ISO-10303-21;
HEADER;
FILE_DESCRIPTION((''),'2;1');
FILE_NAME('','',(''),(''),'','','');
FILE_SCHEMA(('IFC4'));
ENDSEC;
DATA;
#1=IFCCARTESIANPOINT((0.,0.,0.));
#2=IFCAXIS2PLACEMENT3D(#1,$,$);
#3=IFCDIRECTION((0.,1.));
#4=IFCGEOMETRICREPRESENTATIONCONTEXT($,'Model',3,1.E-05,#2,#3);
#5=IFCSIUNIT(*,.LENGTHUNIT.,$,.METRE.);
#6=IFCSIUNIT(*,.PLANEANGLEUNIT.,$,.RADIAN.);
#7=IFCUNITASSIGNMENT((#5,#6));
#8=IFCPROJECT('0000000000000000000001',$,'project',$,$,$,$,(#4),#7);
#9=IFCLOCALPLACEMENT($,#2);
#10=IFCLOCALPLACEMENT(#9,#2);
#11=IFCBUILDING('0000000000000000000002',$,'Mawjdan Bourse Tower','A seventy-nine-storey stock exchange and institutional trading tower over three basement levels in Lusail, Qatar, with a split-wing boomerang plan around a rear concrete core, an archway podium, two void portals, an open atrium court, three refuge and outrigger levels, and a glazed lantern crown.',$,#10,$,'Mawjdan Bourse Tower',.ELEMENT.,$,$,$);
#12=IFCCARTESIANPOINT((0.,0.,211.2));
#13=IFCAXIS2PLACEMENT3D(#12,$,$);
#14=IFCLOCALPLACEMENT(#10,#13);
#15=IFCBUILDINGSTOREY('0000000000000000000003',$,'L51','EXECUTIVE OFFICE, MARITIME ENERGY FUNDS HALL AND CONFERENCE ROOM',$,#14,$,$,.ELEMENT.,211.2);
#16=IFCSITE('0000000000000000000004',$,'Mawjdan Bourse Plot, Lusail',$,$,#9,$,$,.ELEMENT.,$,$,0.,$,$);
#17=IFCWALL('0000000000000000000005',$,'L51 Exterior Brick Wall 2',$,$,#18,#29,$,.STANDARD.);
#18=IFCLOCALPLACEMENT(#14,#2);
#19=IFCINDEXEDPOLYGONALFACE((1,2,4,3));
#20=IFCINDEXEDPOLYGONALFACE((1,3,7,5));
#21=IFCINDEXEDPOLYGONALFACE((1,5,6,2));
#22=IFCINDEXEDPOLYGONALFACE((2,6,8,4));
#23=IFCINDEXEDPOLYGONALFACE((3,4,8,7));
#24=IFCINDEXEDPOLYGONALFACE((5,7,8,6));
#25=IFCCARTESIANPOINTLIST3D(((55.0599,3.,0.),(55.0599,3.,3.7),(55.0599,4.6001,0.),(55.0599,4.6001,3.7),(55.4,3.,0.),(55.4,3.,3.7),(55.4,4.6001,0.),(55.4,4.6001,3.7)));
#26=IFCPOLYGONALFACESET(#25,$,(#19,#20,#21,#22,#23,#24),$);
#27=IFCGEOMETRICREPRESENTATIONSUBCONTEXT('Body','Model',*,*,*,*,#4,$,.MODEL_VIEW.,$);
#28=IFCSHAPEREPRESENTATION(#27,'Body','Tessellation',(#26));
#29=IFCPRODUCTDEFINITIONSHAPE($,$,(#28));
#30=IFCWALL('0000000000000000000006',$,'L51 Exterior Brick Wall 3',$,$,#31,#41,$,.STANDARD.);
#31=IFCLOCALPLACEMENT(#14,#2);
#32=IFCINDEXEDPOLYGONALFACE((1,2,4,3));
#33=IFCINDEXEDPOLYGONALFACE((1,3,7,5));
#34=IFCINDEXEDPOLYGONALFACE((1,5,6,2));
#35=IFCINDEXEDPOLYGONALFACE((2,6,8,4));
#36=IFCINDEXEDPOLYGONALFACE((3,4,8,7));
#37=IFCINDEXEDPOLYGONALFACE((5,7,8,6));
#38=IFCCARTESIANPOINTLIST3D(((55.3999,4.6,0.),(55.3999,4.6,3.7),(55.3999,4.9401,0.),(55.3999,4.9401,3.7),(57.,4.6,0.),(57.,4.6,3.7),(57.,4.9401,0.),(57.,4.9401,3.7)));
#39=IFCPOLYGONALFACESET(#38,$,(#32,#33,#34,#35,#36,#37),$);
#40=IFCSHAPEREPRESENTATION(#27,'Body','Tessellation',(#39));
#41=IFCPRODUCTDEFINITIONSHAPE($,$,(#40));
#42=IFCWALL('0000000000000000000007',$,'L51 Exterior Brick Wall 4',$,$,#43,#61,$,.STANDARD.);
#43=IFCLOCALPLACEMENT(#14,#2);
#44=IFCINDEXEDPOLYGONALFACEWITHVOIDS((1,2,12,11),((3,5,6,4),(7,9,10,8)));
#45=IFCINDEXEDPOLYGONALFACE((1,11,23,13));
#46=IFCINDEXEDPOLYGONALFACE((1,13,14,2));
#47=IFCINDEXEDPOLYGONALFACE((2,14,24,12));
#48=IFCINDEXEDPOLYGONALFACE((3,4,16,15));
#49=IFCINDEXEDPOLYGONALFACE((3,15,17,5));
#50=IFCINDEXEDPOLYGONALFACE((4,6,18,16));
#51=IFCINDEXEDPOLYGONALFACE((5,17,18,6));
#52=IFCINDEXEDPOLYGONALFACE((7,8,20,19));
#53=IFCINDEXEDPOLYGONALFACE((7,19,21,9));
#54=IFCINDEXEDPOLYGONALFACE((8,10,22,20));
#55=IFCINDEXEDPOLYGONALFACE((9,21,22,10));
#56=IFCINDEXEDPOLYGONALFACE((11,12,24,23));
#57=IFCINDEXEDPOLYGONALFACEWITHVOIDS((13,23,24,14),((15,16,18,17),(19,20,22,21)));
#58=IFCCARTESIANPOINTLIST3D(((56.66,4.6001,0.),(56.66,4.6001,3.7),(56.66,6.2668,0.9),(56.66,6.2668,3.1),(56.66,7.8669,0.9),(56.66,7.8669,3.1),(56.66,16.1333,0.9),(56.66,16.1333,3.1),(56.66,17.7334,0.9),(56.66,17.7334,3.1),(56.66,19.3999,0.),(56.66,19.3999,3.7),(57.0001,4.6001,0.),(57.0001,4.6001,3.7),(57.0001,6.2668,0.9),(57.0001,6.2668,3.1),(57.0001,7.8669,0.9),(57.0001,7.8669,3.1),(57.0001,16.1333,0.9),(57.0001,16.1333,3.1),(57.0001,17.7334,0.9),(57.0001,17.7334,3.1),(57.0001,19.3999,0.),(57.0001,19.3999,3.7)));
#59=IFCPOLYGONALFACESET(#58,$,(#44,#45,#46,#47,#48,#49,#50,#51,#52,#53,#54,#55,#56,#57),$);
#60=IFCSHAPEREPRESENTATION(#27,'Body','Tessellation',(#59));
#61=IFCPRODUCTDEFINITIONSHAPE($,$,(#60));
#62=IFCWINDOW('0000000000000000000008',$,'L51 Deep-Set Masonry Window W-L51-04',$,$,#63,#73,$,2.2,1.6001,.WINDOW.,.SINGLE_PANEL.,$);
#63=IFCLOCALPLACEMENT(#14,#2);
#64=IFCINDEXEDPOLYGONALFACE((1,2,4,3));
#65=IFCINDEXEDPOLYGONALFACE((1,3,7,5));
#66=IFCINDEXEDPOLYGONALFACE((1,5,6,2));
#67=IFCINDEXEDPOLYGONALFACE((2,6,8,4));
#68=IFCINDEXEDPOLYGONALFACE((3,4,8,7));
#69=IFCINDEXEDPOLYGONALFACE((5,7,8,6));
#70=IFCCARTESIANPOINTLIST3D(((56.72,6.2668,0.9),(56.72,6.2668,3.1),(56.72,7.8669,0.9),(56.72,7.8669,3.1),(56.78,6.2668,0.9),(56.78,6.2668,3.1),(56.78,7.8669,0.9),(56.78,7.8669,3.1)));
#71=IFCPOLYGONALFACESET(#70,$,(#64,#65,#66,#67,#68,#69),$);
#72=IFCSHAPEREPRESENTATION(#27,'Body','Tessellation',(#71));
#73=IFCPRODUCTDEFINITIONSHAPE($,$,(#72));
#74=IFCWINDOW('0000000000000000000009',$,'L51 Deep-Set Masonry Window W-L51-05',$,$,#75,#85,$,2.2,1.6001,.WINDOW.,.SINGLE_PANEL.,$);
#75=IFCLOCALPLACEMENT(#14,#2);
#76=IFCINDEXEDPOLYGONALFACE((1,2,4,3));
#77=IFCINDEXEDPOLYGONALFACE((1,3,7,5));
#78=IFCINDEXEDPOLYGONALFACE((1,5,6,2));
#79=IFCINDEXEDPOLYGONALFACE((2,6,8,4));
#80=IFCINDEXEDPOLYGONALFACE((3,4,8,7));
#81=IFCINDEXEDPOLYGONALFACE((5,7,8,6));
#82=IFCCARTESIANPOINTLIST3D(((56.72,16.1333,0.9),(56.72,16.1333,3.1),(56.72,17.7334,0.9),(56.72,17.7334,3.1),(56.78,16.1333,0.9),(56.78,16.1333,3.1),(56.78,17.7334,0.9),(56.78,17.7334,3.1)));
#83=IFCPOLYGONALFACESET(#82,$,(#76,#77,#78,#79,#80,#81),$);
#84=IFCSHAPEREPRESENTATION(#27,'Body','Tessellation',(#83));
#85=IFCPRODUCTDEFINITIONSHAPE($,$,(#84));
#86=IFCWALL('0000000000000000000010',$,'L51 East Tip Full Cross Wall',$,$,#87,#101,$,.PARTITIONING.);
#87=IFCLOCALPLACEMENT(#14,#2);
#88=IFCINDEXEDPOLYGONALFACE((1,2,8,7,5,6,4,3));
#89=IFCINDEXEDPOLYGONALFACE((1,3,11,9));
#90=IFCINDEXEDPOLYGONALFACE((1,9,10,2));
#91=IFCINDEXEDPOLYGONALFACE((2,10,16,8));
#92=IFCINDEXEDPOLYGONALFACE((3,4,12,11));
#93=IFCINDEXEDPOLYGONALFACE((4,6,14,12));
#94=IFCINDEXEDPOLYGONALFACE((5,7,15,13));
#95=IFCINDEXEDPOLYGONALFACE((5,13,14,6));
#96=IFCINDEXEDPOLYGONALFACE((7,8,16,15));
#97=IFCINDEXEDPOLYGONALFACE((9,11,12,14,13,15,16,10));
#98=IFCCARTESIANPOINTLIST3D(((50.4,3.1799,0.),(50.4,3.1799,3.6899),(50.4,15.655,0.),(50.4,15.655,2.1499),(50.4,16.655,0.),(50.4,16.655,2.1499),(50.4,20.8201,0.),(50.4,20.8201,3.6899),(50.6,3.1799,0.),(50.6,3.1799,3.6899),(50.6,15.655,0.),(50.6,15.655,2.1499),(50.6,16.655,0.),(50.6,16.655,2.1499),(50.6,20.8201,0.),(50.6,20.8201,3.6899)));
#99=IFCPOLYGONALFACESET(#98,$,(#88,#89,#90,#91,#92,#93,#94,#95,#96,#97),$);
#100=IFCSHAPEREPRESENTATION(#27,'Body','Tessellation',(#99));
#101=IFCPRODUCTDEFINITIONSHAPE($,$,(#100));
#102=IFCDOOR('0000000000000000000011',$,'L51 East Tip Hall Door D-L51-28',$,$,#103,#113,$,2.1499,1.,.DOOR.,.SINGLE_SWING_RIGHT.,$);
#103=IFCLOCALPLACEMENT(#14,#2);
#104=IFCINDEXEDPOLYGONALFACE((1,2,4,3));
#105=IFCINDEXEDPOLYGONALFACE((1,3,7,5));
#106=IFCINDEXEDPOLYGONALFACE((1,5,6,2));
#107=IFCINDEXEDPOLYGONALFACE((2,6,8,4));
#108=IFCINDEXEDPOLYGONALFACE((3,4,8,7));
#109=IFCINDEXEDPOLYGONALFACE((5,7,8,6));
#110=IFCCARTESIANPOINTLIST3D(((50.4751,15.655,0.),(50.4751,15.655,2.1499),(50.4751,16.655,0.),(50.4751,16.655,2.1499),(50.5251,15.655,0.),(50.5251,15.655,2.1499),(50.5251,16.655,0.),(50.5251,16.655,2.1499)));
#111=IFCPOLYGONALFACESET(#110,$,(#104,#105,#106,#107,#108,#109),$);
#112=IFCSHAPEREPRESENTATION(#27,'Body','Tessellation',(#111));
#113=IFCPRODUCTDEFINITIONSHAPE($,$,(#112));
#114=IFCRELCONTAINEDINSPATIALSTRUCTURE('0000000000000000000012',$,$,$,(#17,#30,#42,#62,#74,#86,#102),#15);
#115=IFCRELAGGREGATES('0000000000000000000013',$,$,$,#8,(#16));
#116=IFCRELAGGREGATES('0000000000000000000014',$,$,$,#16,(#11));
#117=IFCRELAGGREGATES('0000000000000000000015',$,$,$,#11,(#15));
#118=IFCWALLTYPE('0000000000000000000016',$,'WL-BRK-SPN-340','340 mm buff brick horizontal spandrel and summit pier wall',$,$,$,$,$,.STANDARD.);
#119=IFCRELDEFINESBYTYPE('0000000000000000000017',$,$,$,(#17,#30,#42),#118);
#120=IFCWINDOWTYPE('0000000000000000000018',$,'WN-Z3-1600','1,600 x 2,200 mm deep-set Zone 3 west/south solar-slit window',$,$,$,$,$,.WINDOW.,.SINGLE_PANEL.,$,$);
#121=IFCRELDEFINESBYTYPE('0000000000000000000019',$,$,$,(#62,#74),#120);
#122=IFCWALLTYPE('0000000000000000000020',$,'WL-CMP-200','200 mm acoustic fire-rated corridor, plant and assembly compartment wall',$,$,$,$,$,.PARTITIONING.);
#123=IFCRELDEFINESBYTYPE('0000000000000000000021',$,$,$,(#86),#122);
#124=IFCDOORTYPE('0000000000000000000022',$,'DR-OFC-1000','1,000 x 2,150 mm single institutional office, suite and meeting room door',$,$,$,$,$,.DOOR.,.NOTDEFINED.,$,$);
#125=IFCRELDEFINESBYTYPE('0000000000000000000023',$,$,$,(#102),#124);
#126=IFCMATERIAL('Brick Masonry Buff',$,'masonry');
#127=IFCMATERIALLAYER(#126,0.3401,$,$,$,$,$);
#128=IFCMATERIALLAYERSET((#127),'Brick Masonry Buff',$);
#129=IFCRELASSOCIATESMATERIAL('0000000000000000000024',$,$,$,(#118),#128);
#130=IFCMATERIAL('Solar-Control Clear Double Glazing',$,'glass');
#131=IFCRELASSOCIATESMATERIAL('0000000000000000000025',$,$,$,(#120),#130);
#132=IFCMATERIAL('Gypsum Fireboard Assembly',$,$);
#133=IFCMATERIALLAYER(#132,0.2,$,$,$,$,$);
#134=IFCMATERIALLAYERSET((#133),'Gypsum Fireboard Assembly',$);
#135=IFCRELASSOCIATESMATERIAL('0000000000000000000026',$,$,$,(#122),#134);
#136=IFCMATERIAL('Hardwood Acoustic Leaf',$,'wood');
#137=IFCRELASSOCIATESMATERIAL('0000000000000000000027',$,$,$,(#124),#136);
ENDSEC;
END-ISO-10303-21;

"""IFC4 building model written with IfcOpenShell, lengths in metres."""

from ifc_helpers import new_model, si_unit, direction, frame, frame_2d, origin, place, context, subcontext, project, spatial, rectangle, extrude, material, layer, layer_set, type_object, element, fill, save


model = new_model("IFC4")

# Units and contexts
model_context = context("Model", 3, precision=1e-05, world=origin(), true_north=direction((0.0, 1.0)))
body_context = subcontext(model_context, "Body", "Model", "MODEL_VIEW")
ifc_project = project(units=[si_unit("LENGTHUNIT", "METRE"), si_unit("PLANEANGLEUNIT", "RADIAN")], contexts=[model_context])

# Site, building, storey
site_placement = place(None, origin())
site = spatial("IfcSite", under=ifc_project, at=site_placement, Name="Mawjdan Bourse Plot, Lusail", CompositionType="ELEMENT", RefElevation=0.0)
building_placement = place(site_placement, origin())
building = spatial("IfcBuilding", under=site, at=building_placement, Name="Mawjdan Bourse Tower", Description="A seventy-nine-storey stock exchange and institutional trading tower over three basement levels in Lusail, Qatar, with a split-wing boomerang plan around a rear concrete core, an archway podium, two void portals, an open atrium court, three refuge and outrigger levels, and a glazed lantern crown.", LongName="Mawjdan Bourse Tower", CompositionType="ELEMENT")
storey_placement = place(building_placement, frame((0.0, 0.0, 211.2)))
storey = spatial("IfcBuildingStorey", under=building, at=storey_placement, Name="L51", Description="EXECUTIVE OFFICE, MARITIME ENERGY FUNDS HALL AND CONFERENCE ROOM", CompositionType="ELEMENT", Elevation=211.2)

# Walls
ifc_material_1 = material(Name="Brick Masonry Buff", Category="masonry")
ifc_layer_1 = layer(ifc_material_1, 0.3401)
ifc_layer_set_1 = layer_set([ifc_layer_1], Name="Brick Masonry Buff")
wall_type_1 = type_object("IfcWallType", Name="WL-BRK-SPN-340", Description="340 mm buff brick horizontal spandrel and summit pier wall", PredefinedType="STANDARD", material=ifc_layer_set_1)
for number, where, z_axis, x_axis, name in (
    (1, (55.23, 3.0, 0.0), (0.0, 0.0, 1.0), (0.0, 1.0, 0.0), "L51 Exterior Brick Wall 2"),
    (2, (55.3999, 4.77, 0.0), (0.0, 0.0, 1.0), (1.0, 0.0, 0.0), "L51 Exterior Brick Wall 3"),
):
    element("IfcWall", number, at=place(storey_placement, frame(where, z_axis=z_axis, x_axis=x_axis)), inside=storey, type_object=wall_type_1, Name=name, PredefinedType="STANDARD", context=body_context, shape_type="SweptSolid", body=[
        extrude(rectangle(XDim=1.6001, YDim=0.3401, at=frame_2d((0.8, 0.0))), origin(), (0.0, 0.0, 1.0), 3.7),
    ])

# Wall, openings, windows
wall_1_placement = place(storey_placement, frame((56.8301, 4.6001, 0.0), z_axis=(0.0, 0.0, 1.0), x_axis=(0.0, 1.0, 0.0)))
wall_1 = element("IfcWall", 3, at=wall_1_placement, inside=storey, type_object=wall_type_1, Name="L51 Exterior Brick Wall 4", PredefinedType="STANDARD", context=body_context, shape_type="SweptSolid", body=[
    extrude(rectangle(XDim=14.7998, YDim=0.3401, at=frame_2d((7.3999, 0.0))), origin(), (0.0, 0.0, 1.0), 3.7),
])
opening_1_placement = place(wall_1_placement, frame((1.6667, 0.0, 0.8999)))
opening_1 = element("IfcOpeningElement", 4, at=opening_1_placement, cuts=wall_1, PredefinedType="OPENING", context=body_context, shape_type="SweptSolid", body=[
    extrude(rectangle(XDim=1.6001, YDim=2.2, at=frame_2d((0.8, 1.1001))), frame((0.0, 0.1802, 0.0), z_axis=(0.0, -1.0, 0.0), x_axis=(1.0, 0.0, 0.0)), (0.0, 0.0, 1.0), 0.3601),
])
opening_2_placement = place(wall_1_placement, frame((11.5332, 0.0, 0.8999)))
opening_2 = element("IfcOpeningElement", 5, at=opening_2_placement, cuts=wall_1, PredefinedType="OPENING", context=body_context, shape_type="SweptSolid", body=[
    extrude(rectangle(XDim=1.6001, YDim=2.2, at=frame_2d((0.8, 1.1001))), frame((0.0, 0.1802, 0.0), z_axis=(0.0, -1.0, 0.0), x_axis=(1.0, 0.0, 0.0)), (0.0, 0.0, 1.0), 0.3601),
])
ifc_material_2 = material(Name="Solar-Control Clear Double Glazing", Category="glass")
window_type = type_object("IfcWindowType", Name="WN-Z3-1600", Description="1,600 x 2,200 mm deep-set Zone 3 west/south solar-slit window", PartitioningType="SINGLE_PANEL", PredefinedType="WINDOW", material=ifc_material_2)
window_1_placement = place(opening_1_placement, origin())
window_1 = element("IfcWindow", 6, at=window_1_placement, inside=storey, type_object=window_type, Name="L51 Deep-Set Masonry Window W-L51-04", OverallHeight=2.2, OverallWidth=1.6001, PartitioningType="SINGLE_PANEL", PredefinedType="WINDOW", context=body_context, shape_type="SweptSolid", body=[
    extrude(rectangle(XDim=1.6001, YDim=2.2, at=frame_2d((0.8, 1.1001))), frame((0.0, 0.1101, 0.0), z_axis=(0.0, -1.0, 0.0), x_axis=(1.0, 0.0, 0.0)), (0.0, 0.0, 1.0), 0.0601),
])
fill(opening_1, window_1)
window_2_placement = place(opening_2_placement, origin())
window_2 = element("IfcWindow", 7, at=window_2_placement, inside=storey, type_object=window_type, Name="L51 Deep-Set Masonry Window W-L51-05", OverallHeight=2.2, OverallWidth=1.6001, PartitioningType="SINGLE_PANEL", PredefinedType="WINDOW", context=body_context, shape_type="SweptSolid", body=[
    extrude(rectangle(XDim=1.6001, YDim=2.2, at=frame_2d((0.8, 1.1001))), frame((0.0, 0.1101, 0.0), z_axis=(0.0, -1.0, 0.0), x_axis=(1.0, 0.0, 0.0)), (0.0, 0.0, 1.0), 0.0601),
])
fill(opening_2, window_2)

# Wall, opening, door
ifc_material_3 = material(Name="Gypsum Fireboard Assembly")
ifc_layer_2 = layer(ifc_material_3, 0.2)
ifc_layer_set_2 = layer_set([ifc_layer_2], Name="Gypsum Fireboard Assembly")
wall_type_2 = type_object("IfcWallType", Name="WL-CMP-200", Description="200 mm acoustic fire-rated corridor, plant and assembly compartment wall", PredefinedType="PARTITIONING", material=ifc_layer_set_2)
wall_2_placement = place(storey_placement, frame((50.5, 3.1799, 0.0), z_axis=(0.0, 0.0, 1.0), x_axis=(0.0, 1.0, 0.0)))
wall_2 = element("IfcWall", 8, at=wall_2_placement, inside=storey, type_object=wall_type_2, Name="L51 East Tip Full Cross Wall", PredefinedType="PARTITIONING", context=body_context, shape_type="SweptSolid", body=[
    extrude(rectangle(XDim=17.6401, YDim=0.2, at=frame_2d((8.8201, 0.0))), origin(), (0.0, 0.0, 1.0), 3.6899),
])
opening_3_placement = place(wall_2_placement, frame((12.4751, 0.0, 0.0)))
opening_3 = element("IfcOpeningElement", 9, at=opening_3_placement, cuts=wall_2, PredefinedType="OPENING", context=body_context, shape_type="SweptSolid", body=[
    extrude(rectangle(XDim=1.0, YDim=2.1499, at=frame_2d((0.5, 1.075))), frame((0.0, 0.1099, 0.0), z_axis=(0.0, -1.0, 0.0), x_axis=(1.0, 0.0, 0.0)), (0.0, 0.0, 1.0), 0.22),
])
ifc_material_4 = material(Name="Hardwood Acoustic Leaf", Category="wood")
door_type = type_object("IfcDoorType", Name="DR-OFC-1000", Description="1,000 x 2,150 mm single institutional office, suite and meeting room door", OperationType="NOTDEFINED", PredefinedType="DOOR", material=ifc_material_4)
door_placement = place(opening_3_placement, origin())
door = element("IfcDoor", 10, at=door_placement, inside=storey, type_object=door_type, Name="L51 East Tip Hall Door D-L51-28", OperationType="SINGLE_SWING_RIGHT", OverallHeight=2.1499, OverallWidth=1.0, PredefinedType="DOOR", context=body_context, shape_type="SweptSolid", body=[
    extrude(rectangle(XDim=1.0, YDim=2.1499, at=frame_2d((0.5, 1.075))), frame((0.0, 0.0249, 0.0), z_axis=(0.0, -1.0, 0.0), x_axis=(1.0, 0.0, 0.0)), (0.0, 0.0, 1.0), 0.05),
])
fill(opening_3, door)

save(model, "model.ifc")
